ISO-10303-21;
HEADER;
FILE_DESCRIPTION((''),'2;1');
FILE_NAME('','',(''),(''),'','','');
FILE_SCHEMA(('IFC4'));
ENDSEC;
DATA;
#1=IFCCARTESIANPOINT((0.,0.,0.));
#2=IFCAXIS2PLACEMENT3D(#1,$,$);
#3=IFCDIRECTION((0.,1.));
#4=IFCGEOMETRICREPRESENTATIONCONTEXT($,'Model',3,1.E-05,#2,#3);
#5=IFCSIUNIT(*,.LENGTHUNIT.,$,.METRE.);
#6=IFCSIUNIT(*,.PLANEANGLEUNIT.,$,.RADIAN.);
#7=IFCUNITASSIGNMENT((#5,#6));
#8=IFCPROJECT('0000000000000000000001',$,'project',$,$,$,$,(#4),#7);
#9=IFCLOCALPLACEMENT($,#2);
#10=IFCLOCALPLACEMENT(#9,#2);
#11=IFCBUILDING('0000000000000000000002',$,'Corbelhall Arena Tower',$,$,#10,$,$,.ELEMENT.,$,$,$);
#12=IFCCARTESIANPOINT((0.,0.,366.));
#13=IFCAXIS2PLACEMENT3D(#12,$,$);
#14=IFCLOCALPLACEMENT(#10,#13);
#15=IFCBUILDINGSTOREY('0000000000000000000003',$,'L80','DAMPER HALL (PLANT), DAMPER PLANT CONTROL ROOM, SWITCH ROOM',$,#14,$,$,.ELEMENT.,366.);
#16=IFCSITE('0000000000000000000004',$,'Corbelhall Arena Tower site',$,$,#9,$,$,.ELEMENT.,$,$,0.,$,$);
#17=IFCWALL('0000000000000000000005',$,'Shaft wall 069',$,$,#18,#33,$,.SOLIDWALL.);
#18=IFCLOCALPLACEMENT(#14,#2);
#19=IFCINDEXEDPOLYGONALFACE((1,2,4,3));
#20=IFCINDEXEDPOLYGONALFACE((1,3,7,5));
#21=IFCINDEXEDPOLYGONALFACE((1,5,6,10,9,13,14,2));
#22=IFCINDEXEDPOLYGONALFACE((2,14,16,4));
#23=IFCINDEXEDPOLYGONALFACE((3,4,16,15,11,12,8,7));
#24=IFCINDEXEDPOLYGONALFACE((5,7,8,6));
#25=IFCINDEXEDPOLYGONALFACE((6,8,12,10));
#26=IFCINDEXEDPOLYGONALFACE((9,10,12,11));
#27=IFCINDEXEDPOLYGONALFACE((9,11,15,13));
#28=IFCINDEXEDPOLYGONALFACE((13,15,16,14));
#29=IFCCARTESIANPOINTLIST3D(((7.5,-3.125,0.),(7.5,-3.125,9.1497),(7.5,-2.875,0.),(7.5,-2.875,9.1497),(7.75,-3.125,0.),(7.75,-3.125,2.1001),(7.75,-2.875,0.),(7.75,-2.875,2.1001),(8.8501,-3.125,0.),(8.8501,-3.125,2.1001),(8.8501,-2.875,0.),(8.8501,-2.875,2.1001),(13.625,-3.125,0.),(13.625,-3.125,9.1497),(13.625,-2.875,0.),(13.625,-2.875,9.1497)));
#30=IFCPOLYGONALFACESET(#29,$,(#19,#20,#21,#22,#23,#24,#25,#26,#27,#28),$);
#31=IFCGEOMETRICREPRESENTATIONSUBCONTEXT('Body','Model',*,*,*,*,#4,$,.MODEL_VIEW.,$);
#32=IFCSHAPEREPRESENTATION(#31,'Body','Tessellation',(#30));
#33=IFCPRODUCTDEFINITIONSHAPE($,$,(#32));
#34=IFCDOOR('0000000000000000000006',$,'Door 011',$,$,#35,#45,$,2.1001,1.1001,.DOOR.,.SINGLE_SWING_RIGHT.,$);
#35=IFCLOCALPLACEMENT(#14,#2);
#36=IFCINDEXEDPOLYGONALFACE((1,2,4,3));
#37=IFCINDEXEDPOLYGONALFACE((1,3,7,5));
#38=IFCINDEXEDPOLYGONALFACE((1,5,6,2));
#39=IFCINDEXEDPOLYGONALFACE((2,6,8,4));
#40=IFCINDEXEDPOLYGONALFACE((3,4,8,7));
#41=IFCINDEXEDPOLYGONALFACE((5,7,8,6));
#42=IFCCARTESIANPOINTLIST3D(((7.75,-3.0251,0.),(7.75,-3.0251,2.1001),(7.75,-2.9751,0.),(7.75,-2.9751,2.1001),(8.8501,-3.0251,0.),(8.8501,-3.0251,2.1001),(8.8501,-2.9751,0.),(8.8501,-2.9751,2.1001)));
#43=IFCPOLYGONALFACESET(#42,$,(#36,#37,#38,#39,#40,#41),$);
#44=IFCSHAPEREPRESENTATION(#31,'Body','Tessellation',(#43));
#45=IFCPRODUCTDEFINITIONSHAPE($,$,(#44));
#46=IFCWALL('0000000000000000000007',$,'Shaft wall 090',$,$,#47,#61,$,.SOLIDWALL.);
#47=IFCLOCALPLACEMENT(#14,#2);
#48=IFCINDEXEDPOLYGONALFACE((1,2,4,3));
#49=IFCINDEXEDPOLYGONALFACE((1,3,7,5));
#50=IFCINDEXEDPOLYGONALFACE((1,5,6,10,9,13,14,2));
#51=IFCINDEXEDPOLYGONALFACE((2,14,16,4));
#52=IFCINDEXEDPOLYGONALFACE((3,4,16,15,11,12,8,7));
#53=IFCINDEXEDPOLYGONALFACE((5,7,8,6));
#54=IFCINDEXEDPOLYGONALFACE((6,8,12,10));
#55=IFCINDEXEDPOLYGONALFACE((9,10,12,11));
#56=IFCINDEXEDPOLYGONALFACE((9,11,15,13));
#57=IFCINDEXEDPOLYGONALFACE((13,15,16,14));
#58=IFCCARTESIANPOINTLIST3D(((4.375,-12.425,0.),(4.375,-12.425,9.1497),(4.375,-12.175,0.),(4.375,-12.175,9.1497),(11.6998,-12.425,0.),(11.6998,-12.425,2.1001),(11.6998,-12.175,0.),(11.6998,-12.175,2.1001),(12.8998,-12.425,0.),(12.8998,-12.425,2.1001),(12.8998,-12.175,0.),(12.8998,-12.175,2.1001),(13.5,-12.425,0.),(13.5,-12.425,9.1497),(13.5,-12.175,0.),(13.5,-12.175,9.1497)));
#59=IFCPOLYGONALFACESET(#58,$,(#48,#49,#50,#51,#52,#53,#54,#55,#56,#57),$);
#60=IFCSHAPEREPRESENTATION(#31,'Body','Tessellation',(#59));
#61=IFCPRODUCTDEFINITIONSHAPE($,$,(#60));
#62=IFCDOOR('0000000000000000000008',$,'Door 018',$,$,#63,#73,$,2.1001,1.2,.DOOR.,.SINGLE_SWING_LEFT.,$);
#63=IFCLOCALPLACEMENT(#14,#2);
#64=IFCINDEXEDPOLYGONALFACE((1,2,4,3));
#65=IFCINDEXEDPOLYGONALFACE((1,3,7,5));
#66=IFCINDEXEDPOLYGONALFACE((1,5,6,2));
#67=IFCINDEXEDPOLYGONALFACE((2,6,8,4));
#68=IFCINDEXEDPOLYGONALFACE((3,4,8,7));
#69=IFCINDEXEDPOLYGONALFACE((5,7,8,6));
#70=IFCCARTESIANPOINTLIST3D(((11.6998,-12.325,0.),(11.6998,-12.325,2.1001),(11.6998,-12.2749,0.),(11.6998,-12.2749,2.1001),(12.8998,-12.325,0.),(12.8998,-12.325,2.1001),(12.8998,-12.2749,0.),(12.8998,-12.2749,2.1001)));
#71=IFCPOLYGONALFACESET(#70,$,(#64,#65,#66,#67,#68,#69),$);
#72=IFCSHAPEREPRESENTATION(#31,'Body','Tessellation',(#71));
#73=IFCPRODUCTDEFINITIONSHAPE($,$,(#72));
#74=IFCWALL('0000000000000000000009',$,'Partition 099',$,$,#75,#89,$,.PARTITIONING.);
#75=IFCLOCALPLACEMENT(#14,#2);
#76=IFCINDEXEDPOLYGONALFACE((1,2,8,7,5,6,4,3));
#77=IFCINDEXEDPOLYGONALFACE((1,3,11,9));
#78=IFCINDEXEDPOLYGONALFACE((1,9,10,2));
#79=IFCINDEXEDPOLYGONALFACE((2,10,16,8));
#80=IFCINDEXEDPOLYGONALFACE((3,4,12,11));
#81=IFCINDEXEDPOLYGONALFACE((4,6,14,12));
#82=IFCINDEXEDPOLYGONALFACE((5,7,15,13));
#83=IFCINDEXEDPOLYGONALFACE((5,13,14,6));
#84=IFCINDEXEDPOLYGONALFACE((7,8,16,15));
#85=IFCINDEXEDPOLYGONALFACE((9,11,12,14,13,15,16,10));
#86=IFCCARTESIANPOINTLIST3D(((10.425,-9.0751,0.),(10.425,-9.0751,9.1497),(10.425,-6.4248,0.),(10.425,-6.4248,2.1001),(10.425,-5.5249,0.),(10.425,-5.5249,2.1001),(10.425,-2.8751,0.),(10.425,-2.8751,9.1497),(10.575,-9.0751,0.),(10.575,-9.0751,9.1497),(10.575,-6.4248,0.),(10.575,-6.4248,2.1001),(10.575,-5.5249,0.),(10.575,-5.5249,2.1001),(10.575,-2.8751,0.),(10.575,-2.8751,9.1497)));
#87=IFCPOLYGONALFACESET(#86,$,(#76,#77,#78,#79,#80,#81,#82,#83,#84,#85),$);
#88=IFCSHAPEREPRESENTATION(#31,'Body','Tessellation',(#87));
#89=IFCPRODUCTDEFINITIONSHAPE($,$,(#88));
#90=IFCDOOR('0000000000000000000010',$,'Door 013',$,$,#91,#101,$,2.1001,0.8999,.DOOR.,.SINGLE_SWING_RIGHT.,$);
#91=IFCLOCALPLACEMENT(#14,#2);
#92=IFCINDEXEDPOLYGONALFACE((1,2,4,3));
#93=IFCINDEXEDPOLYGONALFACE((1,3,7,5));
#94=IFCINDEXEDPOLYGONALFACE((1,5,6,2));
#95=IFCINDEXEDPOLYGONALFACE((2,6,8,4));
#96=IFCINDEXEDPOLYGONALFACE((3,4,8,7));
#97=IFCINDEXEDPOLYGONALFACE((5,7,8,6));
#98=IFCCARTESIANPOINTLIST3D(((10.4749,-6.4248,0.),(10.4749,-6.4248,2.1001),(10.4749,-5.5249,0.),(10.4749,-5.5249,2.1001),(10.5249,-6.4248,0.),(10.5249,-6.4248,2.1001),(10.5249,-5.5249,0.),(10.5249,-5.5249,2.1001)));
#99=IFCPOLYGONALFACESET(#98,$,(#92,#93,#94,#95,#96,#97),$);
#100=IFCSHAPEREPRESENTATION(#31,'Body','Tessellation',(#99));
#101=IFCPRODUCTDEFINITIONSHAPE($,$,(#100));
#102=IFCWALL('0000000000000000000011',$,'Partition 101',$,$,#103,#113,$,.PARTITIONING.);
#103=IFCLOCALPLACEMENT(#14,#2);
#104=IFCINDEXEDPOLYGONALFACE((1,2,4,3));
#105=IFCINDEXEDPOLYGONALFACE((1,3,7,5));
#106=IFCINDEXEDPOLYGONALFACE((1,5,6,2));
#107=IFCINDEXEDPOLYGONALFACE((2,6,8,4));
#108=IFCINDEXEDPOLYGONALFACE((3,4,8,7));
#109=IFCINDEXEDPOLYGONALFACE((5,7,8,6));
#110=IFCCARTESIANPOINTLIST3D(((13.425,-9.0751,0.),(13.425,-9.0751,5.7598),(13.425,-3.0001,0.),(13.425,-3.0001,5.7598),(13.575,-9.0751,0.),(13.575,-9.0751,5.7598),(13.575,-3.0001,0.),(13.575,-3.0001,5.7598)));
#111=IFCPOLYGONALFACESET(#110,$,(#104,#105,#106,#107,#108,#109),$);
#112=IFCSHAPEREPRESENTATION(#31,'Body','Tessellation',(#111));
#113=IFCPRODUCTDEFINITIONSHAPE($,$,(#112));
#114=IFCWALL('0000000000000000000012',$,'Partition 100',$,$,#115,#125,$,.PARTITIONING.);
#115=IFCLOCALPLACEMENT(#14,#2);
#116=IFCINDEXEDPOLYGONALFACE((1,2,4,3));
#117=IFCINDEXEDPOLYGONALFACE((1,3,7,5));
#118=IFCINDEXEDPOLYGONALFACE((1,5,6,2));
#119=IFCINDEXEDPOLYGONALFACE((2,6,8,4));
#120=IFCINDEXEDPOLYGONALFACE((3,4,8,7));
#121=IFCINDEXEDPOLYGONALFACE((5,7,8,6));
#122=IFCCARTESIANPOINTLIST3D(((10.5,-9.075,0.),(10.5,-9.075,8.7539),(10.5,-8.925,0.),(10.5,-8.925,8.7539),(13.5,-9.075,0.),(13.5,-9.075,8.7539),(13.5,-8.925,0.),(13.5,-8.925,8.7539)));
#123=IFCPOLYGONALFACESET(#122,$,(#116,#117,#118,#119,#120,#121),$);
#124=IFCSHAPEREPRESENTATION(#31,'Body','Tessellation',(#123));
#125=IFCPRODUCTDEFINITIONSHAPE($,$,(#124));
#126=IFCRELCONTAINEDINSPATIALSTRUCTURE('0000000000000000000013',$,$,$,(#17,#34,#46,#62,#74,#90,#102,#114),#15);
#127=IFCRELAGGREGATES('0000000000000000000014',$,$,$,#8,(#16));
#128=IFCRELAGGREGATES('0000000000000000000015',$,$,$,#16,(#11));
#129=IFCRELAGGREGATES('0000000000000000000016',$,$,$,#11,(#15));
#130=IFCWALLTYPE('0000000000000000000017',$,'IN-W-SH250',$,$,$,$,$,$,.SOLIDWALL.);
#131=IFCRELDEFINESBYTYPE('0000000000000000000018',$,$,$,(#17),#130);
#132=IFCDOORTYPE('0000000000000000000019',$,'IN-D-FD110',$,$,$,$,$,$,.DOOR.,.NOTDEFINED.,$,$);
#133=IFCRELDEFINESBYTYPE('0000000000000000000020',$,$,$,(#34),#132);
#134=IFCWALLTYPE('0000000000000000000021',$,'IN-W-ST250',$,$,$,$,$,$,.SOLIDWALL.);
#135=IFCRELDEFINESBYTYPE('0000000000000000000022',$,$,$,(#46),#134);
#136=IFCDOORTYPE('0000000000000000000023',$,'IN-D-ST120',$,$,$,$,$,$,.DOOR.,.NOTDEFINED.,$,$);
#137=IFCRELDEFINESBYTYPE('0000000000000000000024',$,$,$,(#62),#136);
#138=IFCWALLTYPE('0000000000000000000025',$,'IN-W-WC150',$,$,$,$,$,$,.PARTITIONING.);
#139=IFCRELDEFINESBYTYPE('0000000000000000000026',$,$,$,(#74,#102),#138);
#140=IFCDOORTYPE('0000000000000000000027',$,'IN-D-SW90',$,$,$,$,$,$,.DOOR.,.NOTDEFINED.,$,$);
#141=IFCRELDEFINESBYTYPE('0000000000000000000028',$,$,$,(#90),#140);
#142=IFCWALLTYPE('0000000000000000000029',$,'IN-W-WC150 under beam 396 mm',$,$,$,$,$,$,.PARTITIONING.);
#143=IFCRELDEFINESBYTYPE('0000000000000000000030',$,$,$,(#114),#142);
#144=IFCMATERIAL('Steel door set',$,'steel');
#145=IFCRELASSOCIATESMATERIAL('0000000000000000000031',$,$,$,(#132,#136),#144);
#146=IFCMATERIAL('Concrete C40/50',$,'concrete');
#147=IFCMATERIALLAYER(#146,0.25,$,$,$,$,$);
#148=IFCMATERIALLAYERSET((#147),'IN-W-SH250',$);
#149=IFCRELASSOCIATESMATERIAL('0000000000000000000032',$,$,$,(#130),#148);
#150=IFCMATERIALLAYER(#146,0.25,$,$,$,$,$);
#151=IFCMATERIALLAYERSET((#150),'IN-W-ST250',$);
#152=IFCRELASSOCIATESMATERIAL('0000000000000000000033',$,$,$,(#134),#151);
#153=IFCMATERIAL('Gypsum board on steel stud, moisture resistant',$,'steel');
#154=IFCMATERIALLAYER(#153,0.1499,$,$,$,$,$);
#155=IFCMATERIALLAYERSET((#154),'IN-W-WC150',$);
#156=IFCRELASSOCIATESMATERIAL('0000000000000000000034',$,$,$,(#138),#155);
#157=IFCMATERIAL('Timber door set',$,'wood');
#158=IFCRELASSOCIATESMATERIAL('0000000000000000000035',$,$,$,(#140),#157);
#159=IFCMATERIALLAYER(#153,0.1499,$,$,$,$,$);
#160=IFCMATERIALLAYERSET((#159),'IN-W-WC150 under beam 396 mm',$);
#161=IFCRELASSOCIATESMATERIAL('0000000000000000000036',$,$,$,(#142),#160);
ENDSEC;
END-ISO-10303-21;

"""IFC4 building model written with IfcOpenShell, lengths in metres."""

from ifc_helpers import new_model, si_unit, direction, frame, frame_2d, origin, place, context, subcontext, project, spatial, rectangle, extrude, material, layer, layer_set, type_object, element, fill, save


model = new_model("IFC4")

# Units and contexts
model_context = context("Model", 3, precision=1e-05, world=origin(), true_north=direction((0.0, 1.0)))
body_context = subcontext(model_context, "Body", "Model", "MODEL_VIEW")
ifc_project = project(units=[si_unit("LENGTHUNIT", "METRE"), si_unit("PLANEANGLEUNIT", "RADIAN")], contexts=[model_context])

# Site, building, storey
site_placement = place(None, origin())
site = spatial("IfcSite", under=ifc_project, at=site_placement, Name="Corbelhall Arena Tower site", CompositionType="ELEMENT", RefElevation=0.0)
building_placement = place(site_placement, origin())
building = spatial("IfcBuilding", under=site, at=building_placement, Name="Corbelhall Arena Tower", CompositionType="ELEMENT")
storey_placement = place(building_placement, frame((0.0, 0.0, 366.0)))
storey = spatial("IfcBuildingStorey", under=building, at=storey_placement, Name="L80", Description="DAMPER HALL (PLANT), DAMPER PLANT CONTROL ROOM, SWITCH ROOM", CompositionType="ELEMENT", Elevation=366.0)

# Shared definitions
ifc_material_1 = material(Name="Steel door set", Category="steel")

# Shared definitions
door_type_1 = type_object("IfcDoorType", Name="IN-D-FD110", OperationType="NOTDEFINED", PredefinedType="DOOR", material=ifc_material_1)

# Walls, openings, doors
ifc_material_2 = material(Name="Concrete C40/50", Category="concrete")
ifc_layer_1 = layer(ifc_material_2, 0.25)
ifc_layer_set_1 = layer_set([ifc_layer_1], Name="IN-W-SH250")
wall_type_1 = type_object("IfcWallType", Name="IN-W-SH250", PredefinedType="SOLIDWALL", material=ifc_layer_set_1)
wall_1_placement = place(storey_placement, frame((7.5, -3.0, 0.0), z_axis=(0.0, 0.0, 1.0), x_axis=(1.0, 0.0, 0.0)))
wall_1 = element("IfcWall", 1, at=wall_1_placement, inside=storey, type_object=wall_type_1, Name="Shaft wall 069", PredefinedType="SOLIDWALL", context=body_context, shape_type="SweptSolid", body=[
    extrude(rectangle(XDim=6.125, YDim=0.25, at=frame_2d((3.0625, 0.0))), origin(), (0.0, 0.0, 1.0), 9.1497),
])
opening_1_placement = place(wall_1_placement, frame((0.25, 0.0, 0.0)))
opening_1 = element("IfcOpeningElement", 2, at=opening_1_placement, cuts=wall_1, PredefinedType="OPENING", context=body_context, shape_type="SweptSolid", body=[
    extrude(rectangle(XDim=1.1001, YDim=2.1001, at=frame_2d((0.55, 1.05))), frame((0.0, 0.125, 0.0), z_axis=(0.0, -1.0, 0.0), x_axis=(1.0, 0.0, 0.0)), (0.0, 0.0, 1.0), 0.25),
])
door_1_placement = place(opening_1_placement, origin())
door_1 = element("IfcDoor", 3, at=door_1_placement, inside=storey, type_object=door_type_1, Name="Door 011", OperationType="SINGLE_SWING_RIGHT", OverallHeight=2.1001, OverallWidth=1.1001, PredefinedType="DOOR", context=body_context, shape_type="SweptSolid", body=[
    extrude(rectangle(XDim=1.1001, YDim=2.1001, at=frame_2d((0.55, 1.05))), frame((0.0, 0.0249, 0.0), z_axis=(0.0, -1.0, 0.0), x_axis=(1.0, 0.0, 0.0)), (0.0, 0.0, 1.0), 0.05),
])
fill(opening_1, door_1)
ifc_layer_2 = layer(ifc_material_2, 0.25)
ifc_layer_set_2 = layer_set([ifc_layer_2], Name="IN-W-ST250")
wall_type_2 = type_object("IfcWallType", Name="IN-W-ST250", PredefinedType="SOLIDWALL", material=ifc_layer_set_2)
wall_2_placement = place(storey_placement, frame((13.5, -12.3, 0.0), z_axis=(0.0, 0.0, 1.0), x_axis=(-1.0, 0.0, 0.0)))
wall_2 = element("IfcWall", 4, at=wall_2_placement, inside=storey, type_object=wall_type_2, Name="Shaft wall 090", PredefinedType="SOLIDWALL", context=body_context, shape_type="SweptSolid", body=[
    extrude(rectangle(XDim=9.125, YDim=0.25, at=frame_2d((4.5625, 0.0))), origin(), (0.0, 0.0, 1.0), 9.1497),
])
opening_2_placement = place(wall_2_placement, frame((0.6001, 0.0, 0.0)))
opening_2 = element("IfcOpeningElement", 5, at=opening_2_placement, cuts=wall_2, PredefinedType="OPENING", context=body_context, shape_type="SweptSolid", body=[
    extrude(rectangle(XDim=1.2, YDim=2.1001, at=frame_2d((0.6001, 1.05))), frame((0.0, 0.125, 0.0), z_axis=(0.0, -1.0, 0.0), x_axis=(1.0, 0.0, 0.0)), (0.0, 0.0, 1.0), 0.25),
])
door_type_2 = type_object("IfcDoorType", Name="IN-D-ST120", OperationType="NOTDEFINED", PredefinedType="DOOR", material=ifc_material_1)
door_2_placement = place(opening_2_placement, origin())
door_2 = element("IfcDoor", 6, at=door_2_placement, inside=storey, type_object=door_type_2, Name="Door 018", OperationType="SINGLE_SWING_LEFT", OverallHeight=2.1001, OverallWidth=1.2, PredefinedType="DOOR", context=body_context, shape_type="SweptSolid", body=[
    extrude(rectangle(XDim=1.2, YDim=2.1001, at=frame_2d((0.6001, 1.05))), frame((0.0, 0.0249, 0.0), z_axis=(0.0, -1.0, 0.0), x_axis=(1.0, 0.0, 0.0)), (0.0, 0.0, 1.0), 0.05),
])
fill(opening_2, door_2)
ifc_material_3 = material(Name="Gypsum board on steel stud, moisture resistant", Category="steel")
ifc_layer_3 = layer(ifc_material_3, 0.1499)
ifc_layer_set_3 = layer_set([ifc_layer_3], Name="IN-W-WC150")
wall_type_3 = type_object("IfcWallType", Name="IN-W-WC150", PredefinedType="PARTITIONING", material=ifc_layer_set_3)
wall_3_placement = place(storey_placement, frame((10.5, -2.875, 0.0), z_axis=(0.0, 0.0, 1.0), x_axis=(0.0, -1.0, 0.0)))
wall_3 = element("IfcWall", 7, at=wall_3_placement, inside=storey, type_object=wall_type_3, Name="Partition 099", PredefinedType="PARTITIONING", context=body_context, shape_type="SweptSolid", body=[
    extrude(rectangle(XDim=6.2, YDim=0.1499, at=frame_2d((3.1001, 0.0))), origin(), (0.0, 0.0, 1.0), 9.1497),
])
opening_3_placement = place(wall_3_placement, frame((2.6499, 0.0, 0.0)))
opening_3 = element("IfcOpeningElement", 8, at=opening_3_placement, cuts=wall_3, PredefinedType="OPENING", context=body_context, shape_type="SweptSolid", body=[
    extrude(rectangle(XDim=0.8999, YDim=2.1001, at=frame_2d((0.45, 1.05))), frame((0.0, 0.075, 0.0), z_axis=(0.0, -1.0, 0.0), x_axis=(1.0, 0.0, 0.0)), (0.0, 0.0, 1.0), 0.1499),
])
ifc_material_4 = material(Name="Timber door set", Category="wood")
door_type_3 = type_object("IfcDoorType", Name="IN-D-SW90", OperationType="NOTDEFINED", PredefinedType="DOOR", material=ifc_material_4)
door_3_placement = place(opening_3_placement, origin())
door_3 = element("IfcDoor", 9, at=door_3_placement, inside=storey, type_object=door_type_3, Name="Door 013", OperationType="SINGLE_SWING_RIGHT", OverallHeight=2.1001, OverallWidth=0.8999, PredefinedType="DOOR", context=body_context, shape_type="SweptSolid", body=[
    extrude(rectangle(XDim=0.8999, YDim=2.1001, at=frame_2d((0.45, 1.05))), frame((0.0, 0.0249, 0.0), z_axis=(0.0, -1.0, 0.0), x_axis=(1.0, 0.0, 0.0)), (0.0, 0.0, 1.0), 0.05),
])
fill(opening_3, door_3)

# Walls
wall_4_placement = place(storey_placement, frame((13.5, -3.0, 0.0), z_axis=(0.0, 0.0, 1.0), x_axis=(0.0, -1.0, 0.0)))
element("IfcWall", 10, at=wall_4_placement, inside=storey, type_object=wall_type_3, Name="Partition 101", PredefinedType="PARTITIONING", context=body_context, shape_type="SweptSolid", body=[
    extrude(rectangle(XDim=6.075, YDim=0.1499, at=frame_2d((3.0376, 0.0))), origin(), (0.0, 0.0, 1.0), 5.7598),
])
ifc_layer_4 = layer(ifc_material_3, 0.1499)
ifc_layer_set_4 = layer_set([ifc_layer_4], Name="IN-W-WC150 under beam 396 mm")
wall_type_4 = type_object("IfcWallType", Name="IN-W-WC150 under beam 396 mm", PredefinedType="PARTITIONING", material=ifc_layer_set_4)
wall_5_placement = place(storey_placement, frame((13.5, -9.0, 0.0), z_axis=(0.0, 0.0, 1.0), x_axis=(-1.0, 0.0, 0.0)))
element("IfcWall", 11, at=wall_5_placement, inside=storey, type_object=wall_type_4, Name="Partition 100", PredefinedType="PARTITIONING", context=body_context, shape_type="SweptSolid", body=[
    extrude(rectangle(XDim=3.0, YDim=0.1499, at=frame_2d((1.5, 0.0))), origin(), (0.0, 0.0, 1.0), 8.7539),
])

save(model, "model.ifc")
